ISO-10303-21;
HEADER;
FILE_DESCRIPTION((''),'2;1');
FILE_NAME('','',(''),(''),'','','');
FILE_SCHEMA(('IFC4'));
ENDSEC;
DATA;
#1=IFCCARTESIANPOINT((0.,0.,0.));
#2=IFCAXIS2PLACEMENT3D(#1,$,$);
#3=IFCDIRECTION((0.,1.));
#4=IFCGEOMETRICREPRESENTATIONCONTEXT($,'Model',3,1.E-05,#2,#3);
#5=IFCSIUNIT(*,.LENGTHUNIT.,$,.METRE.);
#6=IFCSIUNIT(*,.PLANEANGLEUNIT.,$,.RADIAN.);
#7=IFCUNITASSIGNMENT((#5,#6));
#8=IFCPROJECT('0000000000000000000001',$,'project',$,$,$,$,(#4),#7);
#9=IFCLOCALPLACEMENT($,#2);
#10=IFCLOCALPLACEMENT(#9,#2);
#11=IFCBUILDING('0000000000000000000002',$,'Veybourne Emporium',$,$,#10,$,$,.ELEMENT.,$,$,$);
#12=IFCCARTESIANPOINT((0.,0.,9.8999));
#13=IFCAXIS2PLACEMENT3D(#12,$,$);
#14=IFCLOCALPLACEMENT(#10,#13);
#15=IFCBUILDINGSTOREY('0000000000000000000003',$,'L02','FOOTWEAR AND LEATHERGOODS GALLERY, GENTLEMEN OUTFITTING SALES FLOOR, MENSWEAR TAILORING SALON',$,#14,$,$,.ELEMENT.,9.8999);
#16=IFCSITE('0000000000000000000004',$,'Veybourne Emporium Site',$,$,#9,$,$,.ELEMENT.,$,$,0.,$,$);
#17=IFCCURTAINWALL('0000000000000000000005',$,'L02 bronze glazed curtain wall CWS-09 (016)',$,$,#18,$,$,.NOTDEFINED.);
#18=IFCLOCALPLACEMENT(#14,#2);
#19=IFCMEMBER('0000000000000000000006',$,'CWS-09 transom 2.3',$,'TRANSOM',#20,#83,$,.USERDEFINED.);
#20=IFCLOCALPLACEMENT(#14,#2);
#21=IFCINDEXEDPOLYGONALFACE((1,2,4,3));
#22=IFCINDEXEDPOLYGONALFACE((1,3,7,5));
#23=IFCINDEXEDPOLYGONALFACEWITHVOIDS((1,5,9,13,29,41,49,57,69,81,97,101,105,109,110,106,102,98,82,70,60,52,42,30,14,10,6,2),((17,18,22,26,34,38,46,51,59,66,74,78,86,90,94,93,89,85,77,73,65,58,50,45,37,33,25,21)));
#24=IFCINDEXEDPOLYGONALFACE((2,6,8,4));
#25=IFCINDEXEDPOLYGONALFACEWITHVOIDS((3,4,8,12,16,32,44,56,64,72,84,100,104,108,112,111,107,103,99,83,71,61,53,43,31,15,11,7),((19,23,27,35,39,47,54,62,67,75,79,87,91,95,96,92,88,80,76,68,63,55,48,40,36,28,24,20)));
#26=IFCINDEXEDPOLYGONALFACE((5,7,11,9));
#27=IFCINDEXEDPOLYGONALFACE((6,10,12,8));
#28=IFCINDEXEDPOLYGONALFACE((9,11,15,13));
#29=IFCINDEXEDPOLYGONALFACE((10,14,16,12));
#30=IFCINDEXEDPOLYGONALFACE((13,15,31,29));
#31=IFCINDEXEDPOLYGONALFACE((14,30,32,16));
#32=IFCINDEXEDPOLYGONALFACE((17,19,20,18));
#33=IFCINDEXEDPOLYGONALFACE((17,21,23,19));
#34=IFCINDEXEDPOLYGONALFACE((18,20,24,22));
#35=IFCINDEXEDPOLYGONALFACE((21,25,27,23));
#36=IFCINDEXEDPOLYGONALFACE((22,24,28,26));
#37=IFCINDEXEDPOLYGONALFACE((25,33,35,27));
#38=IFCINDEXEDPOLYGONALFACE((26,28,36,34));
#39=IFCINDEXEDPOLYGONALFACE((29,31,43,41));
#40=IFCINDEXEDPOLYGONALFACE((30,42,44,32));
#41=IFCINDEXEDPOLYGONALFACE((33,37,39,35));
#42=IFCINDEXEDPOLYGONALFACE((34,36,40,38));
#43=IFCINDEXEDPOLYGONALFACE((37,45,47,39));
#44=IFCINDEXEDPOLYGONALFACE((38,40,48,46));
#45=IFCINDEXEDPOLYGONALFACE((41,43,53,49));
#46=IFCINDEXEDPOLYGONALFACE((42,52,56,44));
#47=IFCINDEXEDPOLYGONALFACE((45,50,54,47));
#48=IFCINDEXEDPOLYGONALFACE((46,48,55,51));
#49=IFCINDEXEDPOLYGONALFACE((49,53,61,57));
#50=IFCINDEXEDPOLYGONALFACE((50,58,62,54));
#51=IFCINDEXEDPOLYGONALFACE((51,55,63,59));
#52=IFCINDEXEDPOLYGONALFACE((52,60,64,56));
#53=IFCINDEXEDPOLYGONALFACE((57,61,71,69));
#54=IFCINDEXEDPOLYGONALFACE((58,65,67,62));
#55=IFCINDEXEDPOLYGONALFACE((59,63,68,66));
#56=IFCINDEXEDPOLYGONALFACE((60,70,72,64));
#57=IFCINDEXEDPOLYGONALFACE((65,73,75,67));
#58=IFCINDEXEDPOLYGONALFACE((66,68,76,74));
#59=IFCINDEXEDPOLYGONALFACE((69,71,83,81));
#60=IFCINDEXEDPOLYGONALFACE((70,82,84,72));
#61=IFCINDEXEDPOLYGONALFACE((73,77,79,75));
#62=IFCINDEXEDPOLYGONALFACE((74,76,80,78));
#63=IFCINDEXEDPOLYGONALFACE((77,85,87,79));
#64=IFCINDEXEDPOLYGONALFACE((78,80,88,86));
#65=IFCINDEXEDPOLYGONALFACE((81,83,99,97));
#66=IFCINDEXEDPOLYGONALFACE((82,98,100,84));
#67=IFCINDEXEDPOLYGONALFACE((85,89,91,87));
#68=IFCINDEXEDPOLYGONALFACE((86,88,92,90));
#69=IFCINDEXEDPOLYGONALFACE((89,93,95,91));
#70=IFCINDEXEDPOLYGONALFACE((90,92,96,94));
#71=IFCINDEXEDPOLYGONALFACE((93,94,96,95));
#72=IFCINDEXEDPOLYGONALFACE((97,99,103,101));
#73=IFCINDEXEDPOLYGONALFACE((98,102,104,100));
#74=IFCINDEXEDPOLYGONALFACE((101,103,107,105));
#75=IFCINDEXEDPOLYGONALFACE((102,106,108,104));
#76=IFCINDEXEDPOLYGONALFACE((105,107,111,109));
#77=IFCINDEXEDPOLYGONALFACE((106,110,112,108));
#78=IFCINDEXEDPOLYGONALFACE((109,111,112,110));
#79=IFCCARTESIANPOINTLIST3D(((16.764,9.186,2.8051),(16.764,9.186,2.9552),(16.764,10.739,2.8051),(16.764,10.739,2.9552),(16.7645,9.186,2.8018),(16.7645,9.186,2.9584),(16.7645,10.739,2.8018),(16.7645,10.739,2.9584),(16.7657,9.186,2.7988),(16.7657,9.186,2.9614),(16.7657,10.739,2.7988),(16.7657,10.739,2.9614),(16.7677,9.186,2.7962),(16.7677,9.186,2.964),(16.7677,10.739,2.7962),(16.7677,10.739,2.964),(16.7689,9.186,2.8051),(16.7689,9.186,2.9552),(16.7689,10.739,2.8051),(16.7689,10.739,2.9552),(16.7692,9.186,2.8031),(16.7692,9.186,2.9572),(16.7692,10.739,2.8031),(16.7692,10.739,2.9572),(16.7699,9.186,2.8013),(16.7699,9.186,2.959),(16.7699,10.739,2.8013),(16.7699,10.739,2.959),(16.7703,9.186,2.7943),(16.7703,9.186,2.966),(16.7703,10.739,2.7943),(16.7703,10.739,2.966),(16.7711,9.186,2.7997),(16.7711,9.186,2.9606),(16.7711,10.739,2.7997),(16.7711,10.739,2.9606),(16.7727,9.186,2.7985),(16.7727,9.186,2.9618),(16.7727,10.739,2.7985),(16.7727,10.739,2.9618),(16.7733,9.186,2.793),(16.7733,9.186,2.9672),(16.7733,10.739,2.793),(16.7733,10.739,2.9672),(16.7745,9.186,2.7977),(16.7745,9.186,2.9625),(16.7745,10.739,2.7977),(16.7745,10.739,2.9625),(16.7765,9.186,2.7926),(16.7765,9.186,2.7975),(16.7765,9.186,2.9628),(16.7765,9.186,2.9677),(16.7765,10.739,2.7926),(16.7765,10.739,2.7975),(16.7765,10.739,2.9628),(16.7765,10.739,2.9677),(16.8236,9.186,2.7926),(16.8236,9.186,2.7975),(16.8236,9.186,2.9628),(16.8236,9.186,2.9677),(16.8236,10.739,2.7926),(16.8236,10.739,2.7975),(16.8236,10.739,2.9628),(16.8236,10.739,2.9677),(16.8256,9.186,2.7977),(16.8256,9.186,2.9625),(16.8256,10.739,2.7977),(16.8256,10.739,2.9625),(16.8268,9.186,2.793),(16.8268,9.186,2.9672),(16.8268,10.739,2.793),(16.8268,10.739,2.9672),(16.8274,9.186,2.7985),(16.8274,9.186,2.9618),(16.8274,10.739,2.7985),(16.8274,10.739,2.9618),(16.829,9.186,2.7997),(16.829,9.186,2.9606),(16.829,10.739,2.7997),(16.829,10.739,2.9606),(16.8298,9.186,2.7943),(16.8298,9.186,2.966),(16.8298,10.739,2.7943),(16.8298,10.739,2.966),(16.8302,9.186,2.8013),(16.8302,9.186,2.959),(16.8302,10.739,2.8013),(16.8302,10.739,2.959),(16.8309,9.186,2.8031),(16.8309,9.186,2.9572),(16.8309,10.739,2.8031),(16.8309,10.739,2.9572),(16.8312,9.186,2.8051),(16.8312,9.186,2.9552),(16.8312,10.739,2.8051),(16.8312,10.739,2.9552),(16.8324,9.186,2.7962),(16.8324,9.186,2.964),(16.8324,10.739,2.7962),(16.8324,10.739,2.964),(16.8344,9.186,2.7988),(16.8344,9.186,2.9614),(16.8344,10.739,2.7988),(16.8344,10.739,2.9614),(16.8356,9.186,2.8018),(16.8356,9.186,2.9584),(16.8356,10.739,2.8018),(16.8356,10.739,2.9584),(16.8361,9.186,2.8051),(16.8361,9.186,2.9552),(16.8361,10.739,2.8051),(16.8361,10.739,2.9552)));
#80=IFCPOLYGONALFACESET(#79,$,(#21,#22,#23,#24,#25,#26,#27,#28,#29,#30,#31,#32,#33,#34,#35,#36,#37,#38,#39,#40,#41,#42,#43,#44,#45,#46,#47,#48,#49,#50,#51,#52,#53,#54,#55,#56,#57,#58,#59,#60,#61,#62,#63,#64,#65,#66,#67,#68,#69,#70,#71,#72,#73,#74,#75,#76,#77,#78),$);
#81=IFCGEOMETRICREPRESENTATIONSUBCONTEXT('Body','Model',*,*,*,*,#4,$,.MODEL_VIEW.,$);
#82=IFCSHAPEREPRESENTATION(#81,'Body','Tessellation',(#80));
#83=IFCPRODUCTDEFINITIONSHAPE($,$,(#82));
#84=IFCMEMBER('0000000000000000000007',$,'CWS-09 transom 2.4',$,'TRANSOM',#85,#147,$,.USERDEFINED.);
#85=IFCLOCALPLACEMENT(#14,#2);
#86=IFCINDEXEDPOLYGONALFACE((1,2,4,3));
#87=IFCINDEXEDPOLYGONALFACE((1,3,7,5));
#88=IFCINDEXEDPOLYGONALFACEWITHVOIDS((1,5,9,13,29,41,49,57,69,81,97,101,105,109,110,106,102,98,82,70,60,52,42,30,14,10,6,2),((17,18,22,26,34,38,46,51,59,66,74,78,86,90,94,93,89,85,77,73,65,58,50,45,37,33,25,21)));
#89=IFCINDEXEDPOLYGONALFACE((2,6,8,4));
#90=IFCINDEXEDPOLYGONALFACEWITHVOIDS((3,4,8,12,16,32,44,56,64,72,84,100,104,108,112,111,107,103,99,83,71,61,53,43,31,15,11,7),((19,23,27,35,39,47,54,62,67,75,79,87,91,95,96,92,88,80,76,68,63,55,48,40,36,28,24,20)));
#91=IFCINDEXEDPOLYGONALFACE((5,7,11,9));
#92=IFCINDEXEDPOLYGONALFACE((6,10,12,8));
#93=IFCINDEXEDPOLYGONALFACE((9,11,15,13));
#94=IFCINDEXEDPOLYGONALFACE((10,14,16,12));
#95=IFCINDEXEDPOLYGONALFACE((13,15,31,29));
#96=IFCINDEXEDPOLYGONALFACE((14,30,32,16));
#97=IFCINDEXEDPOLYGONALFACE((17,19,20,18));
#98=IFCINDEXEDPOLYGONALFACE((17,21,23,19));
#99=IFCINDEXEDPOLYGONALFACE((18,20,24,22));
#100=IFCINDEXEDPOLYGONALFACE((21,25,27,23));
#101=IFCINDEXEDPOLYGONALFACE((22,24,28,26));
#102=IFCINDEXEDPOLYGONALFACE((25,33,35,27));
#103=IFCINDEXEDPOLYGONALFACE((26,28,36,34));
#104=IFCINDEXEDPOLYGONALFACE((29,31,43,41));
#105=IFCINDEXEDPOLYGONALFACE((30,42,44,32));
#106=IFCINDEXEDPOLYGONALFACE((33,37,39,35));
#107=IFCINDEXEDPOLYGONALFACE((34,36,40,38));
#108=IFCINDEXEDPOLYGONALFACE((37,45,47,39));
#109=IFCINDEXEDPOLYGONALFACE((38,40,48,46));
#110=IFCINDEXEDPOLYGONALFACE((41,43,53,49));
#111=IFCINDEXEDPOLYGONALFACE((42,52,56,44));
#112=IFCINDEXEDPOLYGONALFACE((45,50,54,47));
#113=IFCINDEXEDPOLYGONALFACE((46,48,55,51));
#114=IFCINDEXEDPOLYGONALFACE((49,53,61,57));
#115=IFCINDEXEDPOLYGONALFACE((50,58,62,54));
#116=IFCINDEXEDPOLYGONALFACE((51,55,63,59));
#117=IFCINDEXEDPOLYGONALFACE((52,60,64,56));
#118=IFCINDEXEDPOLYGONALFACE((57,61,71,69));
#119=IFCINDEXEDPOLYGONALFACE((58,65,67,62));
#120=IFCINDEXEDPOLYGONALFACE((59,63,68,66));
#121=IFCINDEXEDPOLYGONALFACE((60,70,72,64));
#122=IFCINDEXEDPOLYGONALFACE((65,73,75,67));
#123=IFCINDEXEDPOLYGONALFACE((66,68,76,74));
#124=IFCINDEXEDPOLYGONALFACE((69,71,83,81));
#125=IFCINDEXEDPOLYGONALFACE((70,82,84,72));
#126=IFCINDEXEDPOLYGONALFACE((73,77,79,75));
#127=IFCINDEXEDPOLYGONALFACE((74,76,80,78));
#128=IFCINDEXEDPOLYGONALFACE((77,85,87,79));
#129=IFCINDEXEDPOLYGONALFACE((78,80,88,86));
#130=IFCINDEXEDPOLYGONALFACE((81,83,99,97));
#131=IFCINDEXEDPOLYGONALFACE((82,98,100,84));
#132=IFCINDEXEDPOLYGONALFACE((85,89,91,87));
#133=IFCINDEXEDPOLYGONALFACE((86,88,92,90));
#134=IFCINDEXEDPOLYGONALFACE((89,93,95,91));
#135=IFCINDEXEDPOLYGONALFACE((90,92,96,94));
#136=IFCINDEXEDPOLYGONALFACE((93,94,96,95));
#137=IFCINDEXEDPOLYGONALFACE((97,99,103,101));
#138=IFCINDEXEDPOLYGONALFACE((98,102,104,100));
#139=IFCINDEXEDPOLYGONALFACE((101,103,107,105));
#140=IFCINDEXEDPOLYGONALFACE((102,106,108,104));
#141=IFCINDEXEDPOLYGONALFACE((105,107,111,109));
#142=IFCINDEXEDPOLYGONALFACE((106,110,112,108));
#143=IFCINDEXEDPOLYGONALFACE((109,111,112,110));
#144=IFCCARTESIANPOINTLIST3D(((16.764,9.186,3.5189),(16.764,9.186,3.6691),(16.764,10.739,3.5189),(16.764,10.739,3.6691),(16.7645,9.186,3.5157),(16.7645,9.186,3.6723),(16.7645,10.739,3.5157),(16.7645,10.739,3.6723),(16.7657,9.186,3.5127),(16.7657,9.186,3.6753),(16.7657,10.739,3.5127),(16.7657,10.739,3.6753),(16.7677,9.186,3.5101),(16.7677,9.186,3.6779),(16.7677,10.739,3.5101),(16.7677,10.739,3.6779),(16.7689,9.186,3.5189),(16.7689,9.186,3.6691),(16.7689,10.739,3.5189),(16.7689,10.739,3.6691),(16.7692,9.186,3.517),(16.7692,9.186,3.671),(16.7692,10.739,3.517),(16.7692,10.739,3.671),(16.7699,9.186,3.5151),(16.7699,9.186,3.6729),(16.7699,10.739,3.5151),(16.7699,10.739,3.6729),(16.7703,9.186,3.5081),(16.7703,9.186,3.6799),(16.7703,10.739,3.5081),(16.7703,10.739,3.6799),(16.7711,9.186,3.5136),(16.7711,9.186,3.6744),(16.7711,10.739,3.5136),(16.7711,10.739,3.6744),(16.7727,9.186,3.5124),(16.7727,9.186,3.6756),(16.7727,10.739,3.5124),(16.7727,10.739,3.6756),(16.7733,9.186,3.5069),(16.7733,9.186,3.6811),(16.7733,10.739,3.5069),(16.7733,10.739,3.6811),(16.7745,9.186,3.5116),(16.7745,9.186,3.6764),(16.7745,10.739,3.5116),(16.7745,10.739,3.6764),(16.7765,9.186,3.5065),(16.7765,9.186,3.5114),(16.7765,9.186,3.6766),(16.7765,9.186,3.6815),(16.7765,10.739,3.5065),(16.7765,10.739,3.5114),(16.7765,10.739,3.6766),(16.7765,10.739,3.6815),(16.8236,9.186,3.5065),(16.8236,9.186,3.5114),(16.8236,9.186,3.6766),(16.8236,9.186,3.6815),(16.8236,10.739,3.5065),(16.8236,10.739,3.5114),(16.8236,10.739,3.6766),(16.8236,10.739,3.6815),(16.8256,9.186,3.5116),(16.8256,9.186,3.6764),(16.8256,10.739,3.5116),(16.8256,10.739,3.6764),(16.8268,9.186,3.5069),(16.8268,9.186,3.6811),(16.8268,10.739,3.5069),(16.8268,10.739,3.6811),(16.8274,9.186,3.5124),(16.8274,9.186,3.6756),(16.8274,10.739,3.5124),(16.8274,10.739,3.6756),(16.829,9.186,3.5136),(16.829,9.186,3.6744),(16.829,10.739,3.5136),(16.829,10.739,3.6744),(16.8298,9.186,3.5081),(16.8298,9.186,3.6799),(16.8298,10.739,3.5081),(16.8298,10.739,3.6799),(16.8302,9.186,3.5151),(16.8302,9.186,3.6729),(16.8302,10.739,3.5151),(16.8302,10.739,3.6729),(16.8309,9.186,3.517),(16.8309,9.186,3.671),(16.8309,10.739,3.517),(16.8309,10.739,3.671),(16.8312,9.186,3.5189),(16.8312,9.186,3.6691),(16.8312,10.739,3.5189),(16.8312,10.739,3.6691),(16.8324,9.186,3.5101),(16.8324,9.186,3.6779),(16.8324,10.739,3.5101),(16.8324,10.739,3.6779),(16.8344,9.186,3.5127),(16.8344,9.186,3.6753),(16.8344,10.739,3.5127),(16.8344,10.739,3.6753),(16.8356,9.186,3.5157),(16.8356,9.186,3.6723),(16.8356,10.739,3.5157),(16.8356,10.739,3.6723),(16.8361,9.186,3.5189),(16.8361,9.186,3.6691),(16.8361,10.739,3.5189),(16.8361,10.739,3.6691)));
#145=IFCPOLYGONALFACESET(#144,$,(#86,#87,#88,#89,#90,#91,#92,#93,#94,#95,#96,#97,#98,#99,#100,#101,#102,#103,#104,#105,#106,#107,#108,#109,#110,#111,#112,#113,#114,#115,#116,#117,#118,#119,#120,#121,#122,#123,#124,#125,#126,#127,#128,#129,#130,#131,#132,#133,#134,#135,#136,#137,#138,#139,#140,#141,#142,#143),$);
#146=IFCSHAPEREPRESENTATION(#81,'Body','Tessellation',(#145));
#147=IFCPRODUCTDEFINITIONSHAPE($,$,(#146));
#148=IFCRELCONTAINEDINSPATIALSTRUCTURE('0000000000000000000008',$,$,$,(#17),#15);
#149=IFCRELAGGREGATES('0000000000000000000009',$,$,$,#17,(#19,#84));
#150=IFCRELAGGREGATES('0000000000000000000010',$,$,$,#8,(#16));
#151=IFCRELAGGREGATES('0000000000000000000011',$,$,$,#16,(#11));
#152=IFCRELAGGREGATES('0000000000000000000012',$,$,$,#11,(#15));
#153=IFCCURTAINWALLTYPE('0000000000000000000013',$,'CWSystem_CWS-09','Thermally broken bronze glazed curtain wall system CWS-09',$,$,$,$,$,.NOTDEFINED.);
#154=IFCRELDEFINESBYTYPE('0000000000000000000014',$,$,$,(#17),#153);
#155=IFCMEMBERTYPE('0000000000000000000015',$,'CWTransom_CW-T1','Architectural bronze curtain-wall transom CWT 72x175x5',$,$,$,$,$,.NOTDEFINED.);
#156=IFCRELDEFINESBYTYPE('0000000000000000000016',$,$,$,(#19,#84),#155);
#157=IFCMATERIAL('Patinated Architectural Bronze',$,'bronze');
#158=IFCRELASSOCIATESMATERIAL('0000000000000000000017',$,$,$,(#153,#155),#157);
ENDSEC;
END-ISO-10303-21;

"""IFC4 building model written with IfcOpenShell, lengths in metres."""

from ifc_helpers import new_model, si_unit, direction, frame, origin, origin_2d, place, context, subcontext, project, spatial, hollow_rectangle, extrude, material, material_profile, profile_set, type_object, element, aggregate, save


model = new_model("IFC4")

# Units and contexts
model_context = context("Model", 3, precision=1e-05, world=origin(), true_north=direction((0.0, 1.0)))
body_context = subcontext(model_context, "Body", "Model", "MODEL_VIEW")
ifc_project = project(units=[si_unit("LENGTHUNIT", "METRE"), si_unit("PLANEANGLEUNIT", "RADIAN")], contexts=[model_context])

# Site, building, storey
site_placement = place(None, origin())
site = spatial("IfcSite", under=ifc_project, at=site_placement, Name="Veybourne Emporium Site", CompositionType="ELEMENT", RefElevation=0.0)
building_placement = place(site_placement, origin())
building = spatial("IfcBuilding", under=site, at=building_placement, Name="Veybourne Emporium", CompositionType="ELEMENT")
storey_placement = place(building_placement, frame((0.0, 0.0, 9.8999)))
storey = spatial("IfcBuildingStorey", under=building, at=storey_placement, Name="L02", Description="FOOTWEAR AND LEATHERGOODS GALLERY, GENTLEMEN OUTFITTING SALES FLOOR, MENSWEAR TAILORING SALON", CompositionType="ELEMENT", Elevation=9.8999)

# Curtain wall
ifc_material_1 = material(Name="Patinated Architectural Bronze", Category="bronze")
curtain_wall_type_1 = type_object("IfcCurtainWallType", Name="CWSystem_CWS-09", Description="Thermally broken bronze glazed curtain wall system CWS-09", PredefinedType="NOTDEFINED", material=ifc_material_1)
curtain_wall_1_placement = place(storey_placement, origin())
curtain_wall_1 = element("IfcCurtainWall", 1, at=curtain_wall_1_placement, inside=storey, type_object=curtain_wall_type_1, Name="L02 bronze glazed curtain wall CWS-09 (016)", PredefinedType="NOTDEFINED")

# Members
ifc_material_profile_1 = material_profile(ifc_material_1, hollow_rectangle(XDim=0.072, YDim=0.175, WallThickness=0.0049, InnerFilletRadius=0.0076, OuterFilletRadius=0.0125, at=origin_2d()), Name="CWT 72x175x5")
ifc_profile_set_1 = profile_set([ifc_material_profile_1], Name="Patinated Architectural Bronze")
member_type_1 = type_object("IfcMemberType", Name="CWTransom_CW-T1", Description="Architectural bronze curtain-wall transom CWT 72x175x5", PredefinedType="NOTDEFINED", material=ifc_profile_set_1)
member_1_placement = place(storey_placement, frame((16.8, 9.186, 2.8801), z_axis=(0.0, 1.0, 0.0), x_axis=(-1.0, 0.0, 0.0)))
member_1 = element("IfcMember", 2, at=member_1_placement, type_object=member_type_1, Name="CWS-09 transom 2.3", ObjectType="TRANSOM", PredefinedType="USERDEFINED", context=body_context, shape_type="SweptSolid", body=[
    extrude(hollow_rectangle(XDim=0.072, YDim=0.175, WallThickness=0.0049, InnerFilletRadius=0.0076, OuterFilletRadius=0.0125, at=origin_2d()), origin(), (0.0, 0.0, 1.0), 1.553),
])
member_2_placement = place(storey_placement, frame((16.8, 9.186, 3.594), z_axis=(0.0, 1.0, 0.0), x_axis=(-1.0, 0.0, 0.0)))
member_2 = element("IfcMember", 3, at=member_2_placement, type_object=member_type_1, Name="CWS-09 transom 2.4", ObjectType="TRANSOM", PredefinedType="USERDEFINED", context=body_context, shape_type="SweptSolid", body=[
    extrude(hollow_rectangle(XDim=0.072, YDim=0.175, WallThickness=0.0049, InnerFilletRadius=0.0076, OuterFilletRadius=0.0125, at=origin_2d()), origin(), (0.0, 0.0, 1.0), 1.553),
])

aggregate(curtain_wall_1, [member_1, member_2])

save(model, "model.ifc")
